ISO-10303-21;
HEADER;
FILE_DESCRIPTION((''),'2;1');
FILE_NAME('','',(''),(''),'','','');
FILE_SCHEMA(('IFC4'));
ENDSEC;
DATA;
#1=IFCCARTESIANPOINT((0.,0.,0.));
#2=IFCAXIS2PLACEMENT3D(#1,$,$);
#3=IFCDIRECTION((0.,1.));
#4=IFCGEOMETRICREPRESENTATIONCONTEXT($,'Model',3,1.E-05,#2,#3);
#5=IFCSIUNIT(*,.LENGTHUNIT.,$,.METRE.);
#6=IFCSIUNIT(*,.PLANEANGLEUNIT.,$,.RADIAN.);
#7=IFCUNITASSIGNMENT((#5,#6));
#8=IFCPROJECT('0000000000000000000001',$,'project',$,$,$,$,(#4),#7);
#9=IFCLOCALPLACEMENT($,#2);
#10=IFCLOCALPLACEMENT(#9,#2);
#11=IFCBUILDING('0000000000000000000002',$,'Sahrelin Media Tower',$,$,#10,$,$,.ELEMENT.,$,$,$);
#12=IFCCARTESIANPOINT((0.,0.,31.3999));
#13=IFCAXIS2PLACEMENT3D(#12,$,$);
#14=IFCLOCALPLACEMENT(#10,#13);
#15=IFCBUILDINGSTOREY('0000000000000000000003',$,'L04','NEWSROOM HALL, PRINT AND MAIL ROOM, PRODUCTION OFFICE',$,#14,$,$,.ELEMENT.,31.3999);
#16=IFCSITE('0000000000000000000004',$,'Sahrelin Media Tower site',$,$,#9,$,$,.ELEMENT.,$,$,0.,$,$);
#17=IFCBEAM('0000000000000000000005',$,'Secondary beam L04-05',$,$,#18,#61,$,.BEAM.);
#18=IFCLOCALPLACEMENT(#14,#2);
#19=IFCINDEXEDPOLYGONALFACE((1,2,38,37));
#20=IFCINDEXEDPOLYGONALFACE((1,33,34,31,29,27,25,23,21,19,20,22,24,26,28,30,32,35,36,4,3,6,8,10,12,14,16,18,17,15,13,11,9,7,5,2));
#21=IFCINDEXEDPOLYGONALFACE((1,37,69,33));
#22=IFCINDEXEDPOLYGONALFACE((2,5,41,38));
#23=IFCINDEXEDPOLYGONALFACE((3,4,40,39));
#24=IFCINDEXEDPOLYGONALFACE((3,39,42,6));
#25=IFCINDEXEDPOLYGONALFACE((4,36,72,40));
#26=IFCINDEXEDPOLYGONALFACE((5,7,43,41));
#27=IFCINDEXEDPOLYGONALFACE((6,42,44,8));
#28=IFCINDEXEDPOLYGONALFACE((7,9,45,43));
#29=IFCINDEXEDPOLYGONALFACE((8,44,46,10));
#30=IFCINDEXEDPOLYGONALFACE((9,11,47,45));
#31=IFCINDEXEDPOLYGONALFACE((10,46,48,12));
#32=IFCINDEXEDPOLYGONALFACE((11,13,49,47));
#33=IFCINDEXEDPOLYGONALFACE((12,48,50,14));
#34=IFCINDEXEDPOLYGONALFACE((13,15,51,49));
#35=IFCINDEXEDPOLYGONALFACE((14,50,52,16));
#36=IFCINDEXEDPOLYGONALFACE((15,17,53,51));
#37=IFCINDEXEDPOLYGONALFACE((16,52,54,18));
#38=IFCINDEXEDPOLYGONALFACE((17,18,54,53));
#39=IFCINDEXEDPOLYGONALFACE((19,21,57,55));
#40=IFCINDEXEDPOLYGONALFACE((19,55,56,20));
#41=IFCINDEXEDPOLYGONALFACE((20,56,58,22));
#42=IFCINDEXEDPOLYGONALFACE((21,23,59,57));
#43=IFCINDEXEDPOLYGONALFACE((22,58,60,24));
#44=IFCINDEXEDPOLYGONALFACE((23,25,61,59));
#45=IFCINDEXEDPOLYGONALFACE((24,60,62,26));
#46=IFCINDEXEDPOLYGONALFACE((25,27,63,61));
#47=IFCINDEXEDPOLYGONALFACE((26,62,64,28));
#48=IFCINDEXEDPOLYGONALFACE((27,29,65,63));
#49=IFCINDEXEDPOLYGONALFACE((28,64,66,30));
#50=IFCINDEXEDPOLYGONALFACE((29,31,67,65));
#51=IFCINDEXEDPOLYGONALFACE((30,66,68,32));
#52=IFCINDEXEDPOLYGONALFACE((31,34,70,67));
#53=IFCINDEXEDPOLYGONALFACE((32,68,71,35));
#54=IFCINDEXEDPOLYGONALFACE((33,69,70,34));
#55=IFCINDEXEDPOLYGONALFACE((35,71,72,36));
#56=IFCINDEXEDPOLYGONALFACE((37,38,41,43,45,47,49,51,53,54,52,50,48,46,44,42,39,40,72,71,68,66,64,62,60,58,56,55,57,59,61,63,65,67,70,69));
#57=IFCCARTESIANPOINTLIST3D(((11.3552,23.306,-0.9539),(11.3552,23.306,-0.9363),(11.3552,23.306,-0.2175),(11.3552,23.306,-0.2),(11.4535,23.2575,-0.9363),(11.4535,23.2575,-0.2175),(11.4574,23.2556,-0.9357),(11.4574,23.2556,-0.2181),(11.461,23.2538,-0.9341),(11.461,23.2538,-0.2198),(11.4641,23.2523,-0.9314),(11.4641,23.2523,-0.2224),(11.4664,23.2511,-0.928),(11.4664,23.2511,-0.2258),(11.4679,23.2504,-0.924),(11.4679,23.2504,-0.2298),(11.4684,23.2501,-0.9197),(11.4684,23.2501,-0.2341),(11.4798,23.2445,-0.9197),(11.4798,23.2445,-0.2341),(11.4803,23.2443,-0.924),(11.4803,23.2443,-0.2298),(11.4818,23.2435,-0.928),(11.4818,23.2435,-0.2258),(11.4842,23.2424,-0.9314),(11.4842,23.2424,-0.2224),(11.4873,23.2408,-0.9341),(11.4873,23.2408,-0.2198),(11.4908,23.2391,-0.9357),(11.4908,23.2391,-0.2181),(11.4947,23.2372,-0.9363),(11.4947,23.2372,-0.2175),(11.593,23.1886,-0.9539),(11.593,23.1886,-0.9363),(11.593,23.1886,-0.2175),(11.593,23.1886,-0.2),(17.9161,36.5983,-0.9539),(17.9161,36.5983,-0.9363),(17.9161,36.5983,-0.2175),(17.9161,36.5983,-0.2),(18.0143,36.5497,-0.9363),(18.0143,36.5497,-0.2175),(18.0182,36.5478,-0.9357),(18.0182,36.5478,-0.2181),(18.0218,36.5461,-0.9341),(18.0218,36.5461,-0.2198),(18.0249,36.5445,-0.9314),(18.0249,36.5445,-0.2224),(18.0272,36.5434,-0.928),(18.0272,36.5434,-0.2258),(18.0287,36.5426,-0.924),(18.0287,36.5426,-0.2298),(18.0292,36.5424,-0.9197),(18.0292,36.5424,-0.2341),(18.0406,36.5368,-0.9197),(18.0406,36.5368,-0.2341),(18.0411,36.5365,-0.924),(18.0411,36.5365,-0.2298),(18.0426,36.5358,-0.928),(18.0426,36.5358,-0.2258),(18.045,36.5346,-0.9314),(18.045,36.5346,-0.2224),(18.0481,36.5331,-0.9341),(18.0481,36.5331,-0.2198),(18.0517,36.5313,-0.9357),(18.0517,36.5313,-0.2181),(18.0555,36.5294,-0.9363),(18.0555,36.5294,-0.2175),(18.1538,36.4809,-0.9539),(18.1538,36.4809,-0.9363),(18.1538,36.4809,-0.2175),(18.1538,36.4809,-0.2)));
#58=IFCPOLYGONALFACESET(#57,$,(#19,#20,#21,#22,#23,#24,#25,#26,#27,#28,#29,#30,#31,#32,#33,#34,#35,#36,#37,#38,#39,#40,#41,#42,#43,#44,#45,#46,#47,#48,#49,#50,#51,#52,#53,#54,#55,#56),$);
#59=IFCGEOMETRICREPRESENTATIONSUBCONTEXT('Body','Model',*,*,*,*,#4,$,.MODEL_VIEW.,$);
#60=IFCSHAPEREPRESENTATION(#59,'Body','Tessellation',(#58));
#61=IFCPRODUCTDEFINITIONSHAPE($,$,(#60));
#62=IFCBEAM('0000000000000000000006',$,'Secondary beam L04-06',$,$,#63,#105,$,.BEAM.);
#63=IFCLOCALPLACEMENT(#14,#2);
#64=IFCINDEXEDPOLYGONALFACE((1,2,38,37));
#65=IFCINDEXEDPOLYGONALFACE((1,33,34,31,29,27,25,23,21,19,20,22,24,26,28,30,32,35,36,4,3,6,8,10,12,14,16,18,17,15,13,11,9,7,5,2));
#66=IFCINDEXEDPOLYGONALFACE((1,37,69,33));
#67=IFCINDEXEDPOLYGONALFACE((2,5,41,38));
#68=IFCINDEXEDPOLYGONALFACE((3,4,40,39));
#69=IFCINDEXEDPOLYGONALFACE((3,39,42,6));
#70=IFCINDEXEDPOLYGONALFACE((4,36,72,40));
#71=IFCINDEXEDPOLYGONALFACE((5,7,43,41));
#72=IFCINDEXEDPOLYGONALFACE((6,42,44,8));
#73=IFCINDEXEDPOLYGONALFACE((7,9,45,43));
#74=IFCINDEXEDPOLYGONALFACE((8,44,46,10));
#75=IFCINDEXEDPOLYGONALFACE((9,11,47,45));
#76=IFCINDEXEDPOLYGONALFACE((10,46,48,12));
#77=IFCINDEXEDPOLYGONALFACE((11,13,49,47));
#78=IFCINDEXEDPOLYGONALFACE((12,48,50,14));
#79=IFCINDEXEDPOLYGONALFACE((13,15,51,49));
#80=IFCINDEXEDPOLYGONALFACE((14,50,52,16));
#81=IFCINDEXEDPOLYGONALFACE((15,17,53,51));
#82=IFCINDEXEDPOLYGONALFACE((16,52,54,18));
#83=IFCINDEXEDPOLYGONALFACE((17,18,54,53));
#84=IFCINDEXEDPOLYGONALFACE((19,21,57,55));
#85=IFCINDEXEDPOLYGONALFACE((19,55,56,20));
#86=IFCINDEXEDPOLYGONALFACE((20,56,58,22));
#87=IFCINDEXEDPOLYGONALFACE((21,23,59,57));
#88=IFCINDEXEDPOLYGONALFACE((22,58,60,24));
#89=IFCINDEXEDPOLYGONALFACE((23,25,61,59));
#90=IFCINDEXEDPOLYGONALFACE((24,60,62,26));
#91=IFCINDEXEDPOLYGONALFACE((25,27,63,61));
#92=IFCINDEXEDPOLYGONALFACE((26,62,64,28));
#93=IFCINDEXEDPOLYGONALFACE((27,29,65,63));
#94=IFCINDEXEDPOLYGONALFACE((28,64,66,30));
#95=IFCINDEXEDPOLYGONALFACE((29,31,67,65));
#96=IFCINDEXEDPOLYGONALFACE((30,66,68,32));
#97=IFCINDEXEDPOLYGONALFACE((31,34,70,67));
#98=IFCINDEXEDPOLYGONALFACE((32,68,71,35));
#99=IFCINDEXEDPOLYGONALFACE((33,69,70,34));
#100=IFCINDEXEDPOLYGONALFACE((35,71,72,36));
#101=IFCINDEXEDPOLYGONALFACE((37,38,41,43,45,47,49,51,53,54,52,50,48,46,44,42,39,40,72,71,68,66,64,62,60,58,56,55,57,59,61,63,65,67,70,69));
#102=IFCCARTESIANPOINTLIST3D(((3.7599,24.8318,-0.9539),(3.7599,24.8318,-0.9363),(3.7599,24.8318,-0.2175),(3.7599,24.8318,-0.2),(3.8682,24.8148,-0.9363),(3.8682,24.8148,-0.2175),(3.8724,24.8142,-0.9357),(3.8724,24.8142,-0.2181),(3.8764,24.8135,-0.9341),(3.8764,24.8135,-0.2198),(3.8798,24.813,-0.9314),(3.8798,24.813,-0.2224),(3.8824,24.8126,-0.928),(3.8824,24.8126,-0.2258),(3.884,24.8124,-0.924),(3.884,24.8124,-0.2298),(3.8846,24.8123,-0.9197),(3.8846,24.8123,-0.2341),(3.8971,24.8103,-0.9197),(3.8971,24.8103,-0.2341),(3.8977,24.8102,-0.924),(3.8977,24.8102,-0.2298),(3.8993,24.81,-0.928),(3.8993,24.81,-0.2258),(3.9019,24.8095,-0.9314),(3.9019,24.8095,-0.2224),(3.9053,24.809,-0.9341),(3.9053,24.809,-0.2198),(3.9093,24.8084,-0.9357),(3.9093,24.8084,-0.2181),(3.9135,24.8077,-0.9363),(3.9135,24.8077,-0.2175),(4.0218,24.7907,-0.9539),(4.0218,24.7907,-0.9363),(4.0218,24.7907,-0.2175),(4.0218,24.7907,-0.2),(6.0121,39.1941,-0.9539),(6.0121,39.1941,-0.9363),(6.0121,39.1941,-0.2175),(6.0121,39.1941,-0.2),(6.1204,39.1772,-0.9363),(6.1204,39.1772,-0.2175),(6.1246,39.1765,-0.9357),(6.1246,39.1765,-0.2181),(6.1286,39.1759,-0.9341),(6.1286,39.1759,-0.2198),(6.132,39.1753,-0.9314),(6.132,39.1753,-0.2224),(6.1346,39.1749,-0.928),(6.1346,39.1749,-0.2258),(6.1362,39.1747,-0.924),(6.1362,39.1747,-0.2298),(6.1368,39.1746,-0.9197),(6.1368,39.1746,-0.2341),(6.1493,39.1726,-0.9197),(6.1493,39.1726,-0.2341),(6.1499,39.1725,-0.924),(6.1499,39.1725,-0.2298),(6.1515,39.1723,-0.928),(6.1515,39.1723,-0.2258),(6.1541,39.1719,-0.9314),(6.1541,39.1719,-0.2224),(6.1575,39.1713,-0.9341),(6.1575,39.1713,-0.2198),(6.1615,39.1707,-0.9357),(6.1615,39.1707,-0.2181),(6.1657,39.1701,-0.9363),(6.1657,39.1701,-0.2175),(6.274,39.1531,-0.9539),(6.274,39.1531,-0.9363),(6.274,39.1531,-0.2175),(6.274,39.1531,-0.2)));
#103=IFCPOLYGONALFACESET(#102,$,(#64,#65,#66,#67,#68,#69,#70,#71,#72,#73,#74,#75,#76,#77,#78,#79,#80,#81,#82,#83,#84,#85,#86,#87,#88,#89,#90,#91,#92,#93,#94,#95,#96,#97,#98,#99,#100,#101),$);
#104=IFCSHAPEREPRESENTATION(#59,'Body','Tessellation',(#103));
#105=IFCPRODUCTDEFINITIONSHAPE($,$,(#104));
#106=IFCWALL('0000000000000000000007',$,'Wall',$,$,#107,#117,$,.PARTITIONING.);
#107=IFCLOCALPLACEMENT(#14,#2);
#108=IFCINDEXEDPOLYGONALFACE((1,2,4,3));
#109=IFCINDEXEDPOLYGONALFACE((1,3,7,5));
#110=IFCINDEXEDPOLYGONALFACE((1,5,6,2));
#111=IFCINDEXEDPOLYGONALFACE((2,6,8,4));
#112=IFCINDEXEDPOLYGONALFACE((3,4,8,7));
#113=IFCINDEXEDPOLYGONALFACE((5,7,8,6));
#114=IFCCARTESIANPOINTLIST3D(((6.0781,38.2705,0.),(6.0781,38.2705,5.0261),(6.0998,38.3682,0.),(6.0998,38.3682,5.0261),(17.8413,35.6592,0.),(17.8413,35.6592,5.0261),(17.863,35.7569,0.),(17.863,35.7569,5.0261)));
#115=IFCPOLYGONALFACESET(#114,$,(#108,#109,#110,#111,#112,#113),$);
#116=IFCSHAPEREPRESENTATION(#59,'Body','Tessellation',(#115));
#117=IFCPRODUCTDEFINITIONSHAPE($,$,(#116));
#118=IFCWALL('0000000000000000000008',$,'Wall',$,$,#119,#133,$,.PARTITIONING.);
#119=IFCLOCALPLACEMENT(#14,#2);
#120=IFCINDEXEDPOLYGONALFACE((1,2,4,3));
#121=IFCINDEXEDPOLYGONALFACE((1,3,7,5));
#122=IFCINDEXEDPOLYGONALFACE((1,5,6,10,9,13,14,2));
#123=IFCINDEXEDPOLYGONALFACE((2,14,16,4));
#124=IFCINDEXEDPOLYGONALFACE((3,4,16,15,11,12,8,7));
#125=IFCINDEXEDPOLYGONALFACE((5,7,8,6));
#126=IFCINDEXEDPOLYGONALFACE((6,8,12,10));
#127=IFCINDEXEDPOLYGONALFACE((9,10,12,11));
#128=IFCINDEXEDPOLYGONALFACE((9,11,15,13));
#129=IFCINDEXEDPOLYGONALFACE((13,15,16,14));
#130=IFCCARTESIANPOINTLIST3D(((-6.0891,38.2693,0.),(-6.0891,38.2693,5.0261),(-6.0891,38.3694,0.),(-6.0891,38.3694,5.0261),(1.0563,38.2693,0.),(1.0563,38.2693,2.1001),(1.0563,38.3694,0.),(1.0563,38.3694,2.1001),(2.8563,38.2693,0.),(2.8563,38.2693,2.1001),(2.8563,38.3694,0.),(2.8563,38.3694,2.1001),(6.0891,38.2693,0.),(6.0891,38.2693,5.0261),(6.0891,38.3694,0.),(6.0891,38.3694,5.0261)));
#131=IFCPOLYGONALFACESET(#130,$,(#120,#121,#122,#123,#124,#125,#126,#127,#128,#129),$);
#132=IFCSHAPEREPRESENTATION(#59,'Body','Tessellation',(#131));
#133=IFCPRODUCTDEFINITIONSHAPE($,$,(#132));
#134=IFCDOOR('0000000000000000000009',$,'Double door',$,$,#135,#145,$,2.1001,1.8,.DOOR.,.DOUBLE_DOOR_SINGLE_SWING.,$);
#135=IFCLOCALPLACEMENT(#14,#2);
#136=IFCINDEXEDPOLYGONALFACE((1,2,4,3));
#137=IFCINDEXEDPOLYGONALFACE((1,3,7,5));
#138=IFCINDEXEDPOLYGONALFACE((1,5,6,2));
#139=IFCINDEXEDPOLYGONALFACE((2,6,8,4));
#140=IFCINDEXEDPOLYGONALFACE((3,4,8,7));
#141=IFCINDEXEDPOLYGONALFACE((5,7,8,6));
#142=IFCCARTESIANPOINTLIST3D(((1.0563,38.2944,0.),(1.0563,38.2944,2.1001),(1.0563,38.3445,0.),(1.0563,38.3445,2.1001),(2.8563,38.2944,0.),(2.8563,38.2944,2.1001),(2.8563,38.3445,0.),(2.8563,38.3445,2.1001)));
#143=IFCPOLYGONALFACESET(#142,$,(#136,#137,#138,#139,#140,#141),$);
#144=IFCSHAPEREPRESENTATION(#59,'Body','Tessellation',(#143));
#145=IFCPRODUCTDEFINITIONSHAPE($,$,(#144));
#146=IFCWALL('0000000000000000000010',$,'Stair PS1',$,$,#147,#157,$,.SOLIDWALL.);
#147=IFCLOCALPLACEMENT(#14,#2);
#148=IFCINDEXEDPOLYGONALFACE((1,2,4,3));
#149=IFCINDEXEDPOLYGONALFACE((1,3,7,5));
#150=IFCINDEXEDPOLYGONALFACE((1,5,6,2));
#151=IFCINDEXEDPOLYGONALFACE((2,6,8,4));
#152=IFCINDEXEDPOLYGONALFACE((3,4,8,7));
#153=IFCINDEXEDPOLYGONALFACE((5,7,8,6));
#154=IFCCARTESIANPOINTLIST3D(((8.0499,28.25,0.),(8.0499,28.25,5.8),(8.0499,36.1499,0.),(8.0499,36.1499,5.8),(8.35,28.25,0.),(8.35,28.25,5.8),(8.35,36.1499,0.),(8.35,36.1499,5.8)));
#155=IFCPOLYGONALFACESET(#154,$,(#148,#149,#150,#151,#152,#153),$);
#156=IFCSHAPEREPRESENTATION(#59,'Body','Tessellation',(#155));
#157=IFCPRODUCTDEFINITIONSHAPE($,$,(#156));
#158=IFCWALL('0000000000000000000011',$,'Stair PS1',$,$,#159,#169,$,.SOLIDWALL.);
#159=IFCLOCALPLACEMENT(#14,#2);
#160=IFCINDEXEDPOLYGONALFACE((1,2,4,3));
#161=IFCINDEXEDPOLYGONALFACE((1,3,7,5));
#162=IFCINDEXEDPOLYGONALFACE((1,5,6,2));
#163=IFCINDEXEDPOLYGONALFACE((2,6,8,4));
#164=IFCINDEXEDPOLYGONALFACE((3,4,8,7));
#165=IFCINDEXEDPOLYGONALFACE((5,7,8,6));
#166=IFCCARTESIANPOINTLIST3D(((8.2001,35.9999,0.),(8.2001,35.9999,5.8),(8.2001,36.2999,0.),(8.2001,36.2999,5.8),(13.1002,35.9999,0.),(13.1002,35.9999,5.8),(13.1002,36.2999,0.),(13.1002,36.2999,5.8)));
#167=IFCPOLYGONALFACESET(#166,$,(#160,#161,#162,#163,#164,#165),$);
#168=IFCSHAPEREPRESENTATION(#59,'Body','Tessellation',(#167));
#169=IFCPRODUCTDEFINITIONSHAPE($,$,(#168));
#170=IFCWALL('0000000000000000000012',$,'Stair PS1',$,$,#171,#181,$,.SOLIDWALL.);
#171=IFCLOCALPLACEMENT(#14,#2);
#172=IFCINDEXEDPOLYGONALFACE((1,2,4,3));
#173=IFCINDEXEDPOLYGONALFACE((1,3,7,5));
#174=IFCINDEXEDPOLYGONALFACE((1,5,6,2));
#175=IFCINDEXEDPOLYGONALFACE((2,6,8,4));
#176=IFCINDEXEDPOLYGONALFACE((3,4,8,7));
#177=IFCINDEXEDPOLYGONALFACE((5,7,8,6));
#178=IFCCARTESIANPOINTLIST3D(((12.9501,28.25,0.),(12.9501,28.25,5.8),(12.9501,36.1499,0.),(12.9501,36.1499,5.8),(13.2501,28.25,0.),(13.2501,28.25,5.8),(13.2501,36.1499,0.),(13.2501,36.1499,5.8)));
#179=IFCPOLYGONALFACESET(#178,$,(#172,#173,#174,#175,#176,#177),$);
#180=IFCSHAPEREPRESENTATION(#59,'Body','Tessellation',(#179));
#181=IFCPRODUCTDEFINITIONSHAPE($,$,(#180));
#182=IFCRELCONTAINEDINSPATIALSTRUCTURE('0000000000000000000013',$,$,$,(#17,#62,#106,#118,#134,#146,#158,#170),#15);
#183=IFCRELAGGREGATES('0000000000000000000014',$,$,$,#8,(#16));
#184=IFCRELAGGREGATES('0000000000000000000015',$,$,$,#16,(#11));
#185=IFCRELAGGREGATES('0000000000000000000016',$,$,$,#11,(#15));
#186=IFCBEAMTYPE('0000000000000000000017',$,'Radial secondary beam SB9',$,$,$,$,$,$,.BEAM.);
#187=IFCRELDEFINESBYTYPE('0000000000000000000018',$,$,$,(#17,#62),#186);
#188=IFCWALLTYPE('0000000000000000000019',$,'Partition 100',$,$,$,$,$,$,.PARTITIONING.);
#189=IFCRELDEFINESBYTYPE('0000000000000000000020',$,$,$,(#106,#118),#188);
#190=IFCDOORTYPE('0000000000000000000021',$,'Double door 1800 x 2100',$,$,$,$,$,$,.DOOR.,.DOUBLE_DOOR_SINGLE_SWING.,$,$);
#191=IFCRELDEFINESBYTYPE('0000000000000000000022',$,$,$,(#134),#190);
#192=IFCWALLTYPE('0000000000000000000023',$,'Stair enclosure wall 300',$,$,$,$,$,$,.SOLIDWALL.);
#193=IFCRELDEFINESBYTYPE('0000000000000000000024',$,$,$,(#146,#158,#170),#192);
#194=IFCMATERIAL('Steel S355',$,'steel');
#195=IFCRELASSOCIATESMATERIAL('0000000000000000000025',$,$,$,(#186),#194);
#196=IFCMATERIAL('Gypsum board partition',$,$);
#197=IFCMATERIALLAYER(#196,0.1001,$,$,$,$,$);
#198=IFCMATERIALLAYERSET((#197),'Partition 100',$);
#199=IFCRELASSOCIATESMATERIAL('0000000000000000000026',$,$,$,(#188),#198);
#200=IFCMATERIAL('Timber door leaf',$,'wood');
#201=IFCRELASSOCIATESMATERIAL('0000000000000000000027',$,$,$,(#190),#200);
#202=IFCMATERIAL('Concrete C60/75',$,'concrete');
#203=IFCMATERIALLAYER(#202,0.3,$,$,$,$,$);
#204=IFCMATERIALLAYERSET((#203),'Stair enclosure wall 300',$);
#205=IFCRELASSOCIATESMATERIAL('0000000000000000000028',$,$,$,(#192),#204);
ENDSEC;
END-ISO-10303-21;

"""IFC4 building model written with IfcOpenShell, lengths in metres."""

from ifc_helpers import new_model, si_unit, direction, frame, frame_2d, origin, origin_2d, place, context, subcontext, project, spatial, rectangle, i_section, extrude, material, layer, layer_set, material_profile, profile_set, type_object, element, fill, save


model = new_model("IFC4")

# Units and contexts
model_context = context("Model", 3, precision=1e-05, world=origin(), true_north=direction((0.0, 1.0)))
body_context = subcontext(model_context, "Body", "Model", "MODEL_VIEW")
ifc_project = project(units=[si_unit("LENGTHUNIT", "METRE"), si_unit("PLANEANGLEUNIT", "RADIAN")], contexts=[model_context])

# Site, building, storey
site_placement = place(None, origin())
site = spatial("IfcSite", under=ifc_project, at=site_placement, Name="Sahrelin Media Tower site", CompositionType="ELEMENT", RefElevation=0.0)
building_placement = place(site_placement, origin())
building = spatial("IfcBuilding", under=site, at=building_placement, Name="Sahrelin Media Tower", CompositionType="ELEMENT")
storey_placement = place(building_placement, frame((0.0, 0.0, 31.3999)))
storey = spatial("IfcBuildingStorey", under=building, at=storey_placement, Name="L04", Description="NEWSROOM HALL, PRINT AND MAIL ROOM, PRODUCTION OFFICE", CompositionType="ELEMENT", Elevation=31.3999)

# Beams
ifc_material_1 = material(Name="Steel S355", Category="steel")
ifc_material_profile_1 = material_profile(ifc_material_1, i_section(OverallWidth=0.2651, OverallDepth=0.7539, WebThickness=0.0127, FlangeThickness=0.0176, FilletRadius=0.0166, at=origin_2d()), Name="UB 762x267x147")
ifc_profile_set_1 = profile_set([ifc_material_profile_1], Name="Steel S355")
beam_type_1 = type_object("IfcBeamType", Name="Radial secondary beam SB9", PredefinedType="BEAM", material=ifc_profile_set_1)
beam_1_placement = place(storey_placement, frame((11.4741, 23.2473, -0.5769), z_axis=(0.442603, 0.896718, 0.0), x_axis=(-0.896718, 0.442603, 0.0)))
element("IfcBeam", 1, at=beam_1_placement, inside=storey, type_object=beam_type_1, Name="Secondary beam L04-05", PredefinedType="BEAM", context=body_context, shape_type="SweptSolid", body=[
    extrude(i_section(OverallWidth=0.2651, OverallDepth=0.7539, WebThickness=0.0127, FlangeThickness=0.0176, FilletRadius=0.0166, at=origin_2d()), origin(), (0.0, 0.0, 1.0), 14.8232),
])
beam_2_placement = place(storey_placement, frame((3.8909, 24.8113, -0.5769), z_axis=(0.15492, 0.987927, 0.0), x_axis=(-0.987927, 0.15492, 0.0)))
element("IfcBeam", 2, at=beam_2_placement, inside=storey, type_object=beam_type_1, Name="Secondary beam L04-06", PredefinedType="BEAM", context=body_context, shape_type="SweptSolid", body=[
    extrude(i_section(OverallWidth=0.2651, OverallDepth=0.7539, WebThickness=0.0127, FlangeThickness=0.0176, FilletRadius=0.0166, at=origin_2d()), origin(), (0.0, 0.0, 1.0), 14.5378),
])

# Wall
ifc_material_2 = material(Name="Gypsum board partition")
ifc_layer_1 = layer(ifc_material_2, 0.1001)
ifc_layer_set_1 = layer_set([ifc_layer_1], Name="Partition 100")
wall_type_1 = type_object("IfcWallType", Name="Partition 100", PredefinedType="PARTITIONING", material=ifc_layer_set_1)
wall_1_placement = place(storey_placement, frame((17.8523, 35.708, 0.0), z_axis=(0.0, 0.0, 1.0), x_axis=(-0.976235, 0.216716, 0.0)))
element("IfcWall", 3, at=wall_1_placement, inside=storey, type_object=wall_type_1, Name="Wall", PredefinedType="PARTITIONING", context=body_context, shape_type="SweptSolid", body=[
    extrude(rectangle(XDim=12.0496, YDim=0.1001, at=frame_2d((6.0249, 0.0))), origin(), (0.0, 0.0, 1.0), 5.0261),
])

# Wall, opening, door
wall_2_placement = place(storey_placement, frame((6.0891, 38.3193, 0.0), z_axis=(0.0, 0.0, 1.0), x_axis=(-1.0, 0.0, 0.0)))
wall_2 = element("IfcWall", 4, at=wall_2_placement, inside=storey, type_object=wall_type_1, Name="Wall", PredefinedType="PARTITIONING", context=body_context, shape_type="SweptSolid", body=[
    extrude(rectangle(XDim=12.1782, YDim=0.1001, at=frame_2d((6.0891, 0.0))), origin(), (0.0, 0.0, 1.0), 5.0261),
])
opening_1_placement = place(wall_2_placement, frame((3.2329, 0.0, 0.0)))
opening_1 = element("IfcOpeningElement", 5, at=opening_1_placement, cuts=wall_2, PredefinedType="OPENING", context=body_context, shape_type="SweptSolid", body=[
    extrude(rectangle(XDim=1.8, YDim=2.1001, at=frame_2d((0.8999, 1.05))), frame((0.0, 0.05, 0.0), z_axis=(0.0, -1.0, 0.0), x_axis=(1.0, 0.0, 0.0)), (0.0, 0.0, 1.0), 0.1001),
])
ifc_material_3 = material(Name="Timber door leaf", Category="wood")
door_type_1 = type_object("IfcDoorType", Name="Double door 1800 x 2100", OperationType="DOUBLE_DOOR_SINGLE_SWING", PredefinedType="DOOR", material=ifc_material_3)
door_1_placement = place(opening_1_placement, origin())
door_1 = element("IfcDoor", 6, at=door_1_placement, inside=storey, type_object=door_type_1, Name="Double door", OperationType="DOUBLE_DOOR_SINGLE_SWING", OverallHeight=2.1001, OverallWidth=1.8, PredefinedType="DOOR", context=body_context, shape_type="SweptSolid", body=[
    extrude(rectangle(XDim=1.8, YDim=2.1001, at=frame_2d((0.8999, 1.05))), frame((0.0, 0.0249, 0.0), z_axis=(0.0, -1.0, 0.0), x_axis=(1.0, 0.0, 0.0)), (0.0, 0.0, 1.0), 0.05),
])
fill(opening_1, door_1)
ifc_material_4 = material(Name="Concrete C60/75", Category="concrete")
ifc_layer_2 = layer(ifc_material_4, 0.3)
ifc_layer_set_2 = layer_set([ifc_layer_2], Name="Stair enclosure wall 300")
wall_type_2 = type_object("IfcWallType", Name="Stair enclosure wall 300", PredefinedType="SOLIDWALL", material=ifc_layer_set_2)

# Walls
wall_3_placement = place(storey_placement, frame((8.2, 28.25, 0.0), z_axis=(0.0, 0.0, 1.0), x_axis=(0.0, 1.0, 0.0)))
element("IfcWall", 7, at=wall_3_placement, inside=storey, type_object=wall_type_2, Name="Stair PS1", PredefinedType="SOLIDWALL", context=body_context, shape_type="SweptSolid", body=[
    extrude(rectangle(XDim=7.8999, YDim=0.3, at=frame_2d((3.95, 0.0))), origin(), (0.0, 0.0, 1.0), 5.8),
])
wall_4_placement = place(storey_placement, frame((8.2, 36.1499, 0.0), z_axis=(0.0, 0.0, 1.0), x_axis=(1.0, 0.0, 0.0)))
element("IfcWall", 8, at=wall_4_placement, inside=storey, type_object=wall_type_2, Name="Stair PS1", PredefinedType="SOLIDWALL", context=body_context, shape_type="SweptSolid", body=[
    extrude(rectangle(XDim=4.9001, YDim=0.3, at=frame_2d((2.4502, 0.0))), origin(), (0.0, 0.0, 1.0), 5.8),
])
wall_5_placement = place(storey_placement, frame((13.1001, 36.1499, 0.0), z_axis=(0.0, 0.0, 1.0), x_axis=(0.0, -1.0, 0.0)))
element("IfcWall", 9, at=wall_5_placement, inside=storey, type_object=wall_type_2, Name="Stair PS1", PredefinedType="SOLIDWALL", context=body_context, shape_type="SweptSolid", body=[
    extrude(rectangle(XDim=7.8999, YDim=0.3, at=frame_2d((3.95, 0.0))), origin(), (0.0, 0.0, 1.0), 5.8),
])

save(model, "model.ifc")
